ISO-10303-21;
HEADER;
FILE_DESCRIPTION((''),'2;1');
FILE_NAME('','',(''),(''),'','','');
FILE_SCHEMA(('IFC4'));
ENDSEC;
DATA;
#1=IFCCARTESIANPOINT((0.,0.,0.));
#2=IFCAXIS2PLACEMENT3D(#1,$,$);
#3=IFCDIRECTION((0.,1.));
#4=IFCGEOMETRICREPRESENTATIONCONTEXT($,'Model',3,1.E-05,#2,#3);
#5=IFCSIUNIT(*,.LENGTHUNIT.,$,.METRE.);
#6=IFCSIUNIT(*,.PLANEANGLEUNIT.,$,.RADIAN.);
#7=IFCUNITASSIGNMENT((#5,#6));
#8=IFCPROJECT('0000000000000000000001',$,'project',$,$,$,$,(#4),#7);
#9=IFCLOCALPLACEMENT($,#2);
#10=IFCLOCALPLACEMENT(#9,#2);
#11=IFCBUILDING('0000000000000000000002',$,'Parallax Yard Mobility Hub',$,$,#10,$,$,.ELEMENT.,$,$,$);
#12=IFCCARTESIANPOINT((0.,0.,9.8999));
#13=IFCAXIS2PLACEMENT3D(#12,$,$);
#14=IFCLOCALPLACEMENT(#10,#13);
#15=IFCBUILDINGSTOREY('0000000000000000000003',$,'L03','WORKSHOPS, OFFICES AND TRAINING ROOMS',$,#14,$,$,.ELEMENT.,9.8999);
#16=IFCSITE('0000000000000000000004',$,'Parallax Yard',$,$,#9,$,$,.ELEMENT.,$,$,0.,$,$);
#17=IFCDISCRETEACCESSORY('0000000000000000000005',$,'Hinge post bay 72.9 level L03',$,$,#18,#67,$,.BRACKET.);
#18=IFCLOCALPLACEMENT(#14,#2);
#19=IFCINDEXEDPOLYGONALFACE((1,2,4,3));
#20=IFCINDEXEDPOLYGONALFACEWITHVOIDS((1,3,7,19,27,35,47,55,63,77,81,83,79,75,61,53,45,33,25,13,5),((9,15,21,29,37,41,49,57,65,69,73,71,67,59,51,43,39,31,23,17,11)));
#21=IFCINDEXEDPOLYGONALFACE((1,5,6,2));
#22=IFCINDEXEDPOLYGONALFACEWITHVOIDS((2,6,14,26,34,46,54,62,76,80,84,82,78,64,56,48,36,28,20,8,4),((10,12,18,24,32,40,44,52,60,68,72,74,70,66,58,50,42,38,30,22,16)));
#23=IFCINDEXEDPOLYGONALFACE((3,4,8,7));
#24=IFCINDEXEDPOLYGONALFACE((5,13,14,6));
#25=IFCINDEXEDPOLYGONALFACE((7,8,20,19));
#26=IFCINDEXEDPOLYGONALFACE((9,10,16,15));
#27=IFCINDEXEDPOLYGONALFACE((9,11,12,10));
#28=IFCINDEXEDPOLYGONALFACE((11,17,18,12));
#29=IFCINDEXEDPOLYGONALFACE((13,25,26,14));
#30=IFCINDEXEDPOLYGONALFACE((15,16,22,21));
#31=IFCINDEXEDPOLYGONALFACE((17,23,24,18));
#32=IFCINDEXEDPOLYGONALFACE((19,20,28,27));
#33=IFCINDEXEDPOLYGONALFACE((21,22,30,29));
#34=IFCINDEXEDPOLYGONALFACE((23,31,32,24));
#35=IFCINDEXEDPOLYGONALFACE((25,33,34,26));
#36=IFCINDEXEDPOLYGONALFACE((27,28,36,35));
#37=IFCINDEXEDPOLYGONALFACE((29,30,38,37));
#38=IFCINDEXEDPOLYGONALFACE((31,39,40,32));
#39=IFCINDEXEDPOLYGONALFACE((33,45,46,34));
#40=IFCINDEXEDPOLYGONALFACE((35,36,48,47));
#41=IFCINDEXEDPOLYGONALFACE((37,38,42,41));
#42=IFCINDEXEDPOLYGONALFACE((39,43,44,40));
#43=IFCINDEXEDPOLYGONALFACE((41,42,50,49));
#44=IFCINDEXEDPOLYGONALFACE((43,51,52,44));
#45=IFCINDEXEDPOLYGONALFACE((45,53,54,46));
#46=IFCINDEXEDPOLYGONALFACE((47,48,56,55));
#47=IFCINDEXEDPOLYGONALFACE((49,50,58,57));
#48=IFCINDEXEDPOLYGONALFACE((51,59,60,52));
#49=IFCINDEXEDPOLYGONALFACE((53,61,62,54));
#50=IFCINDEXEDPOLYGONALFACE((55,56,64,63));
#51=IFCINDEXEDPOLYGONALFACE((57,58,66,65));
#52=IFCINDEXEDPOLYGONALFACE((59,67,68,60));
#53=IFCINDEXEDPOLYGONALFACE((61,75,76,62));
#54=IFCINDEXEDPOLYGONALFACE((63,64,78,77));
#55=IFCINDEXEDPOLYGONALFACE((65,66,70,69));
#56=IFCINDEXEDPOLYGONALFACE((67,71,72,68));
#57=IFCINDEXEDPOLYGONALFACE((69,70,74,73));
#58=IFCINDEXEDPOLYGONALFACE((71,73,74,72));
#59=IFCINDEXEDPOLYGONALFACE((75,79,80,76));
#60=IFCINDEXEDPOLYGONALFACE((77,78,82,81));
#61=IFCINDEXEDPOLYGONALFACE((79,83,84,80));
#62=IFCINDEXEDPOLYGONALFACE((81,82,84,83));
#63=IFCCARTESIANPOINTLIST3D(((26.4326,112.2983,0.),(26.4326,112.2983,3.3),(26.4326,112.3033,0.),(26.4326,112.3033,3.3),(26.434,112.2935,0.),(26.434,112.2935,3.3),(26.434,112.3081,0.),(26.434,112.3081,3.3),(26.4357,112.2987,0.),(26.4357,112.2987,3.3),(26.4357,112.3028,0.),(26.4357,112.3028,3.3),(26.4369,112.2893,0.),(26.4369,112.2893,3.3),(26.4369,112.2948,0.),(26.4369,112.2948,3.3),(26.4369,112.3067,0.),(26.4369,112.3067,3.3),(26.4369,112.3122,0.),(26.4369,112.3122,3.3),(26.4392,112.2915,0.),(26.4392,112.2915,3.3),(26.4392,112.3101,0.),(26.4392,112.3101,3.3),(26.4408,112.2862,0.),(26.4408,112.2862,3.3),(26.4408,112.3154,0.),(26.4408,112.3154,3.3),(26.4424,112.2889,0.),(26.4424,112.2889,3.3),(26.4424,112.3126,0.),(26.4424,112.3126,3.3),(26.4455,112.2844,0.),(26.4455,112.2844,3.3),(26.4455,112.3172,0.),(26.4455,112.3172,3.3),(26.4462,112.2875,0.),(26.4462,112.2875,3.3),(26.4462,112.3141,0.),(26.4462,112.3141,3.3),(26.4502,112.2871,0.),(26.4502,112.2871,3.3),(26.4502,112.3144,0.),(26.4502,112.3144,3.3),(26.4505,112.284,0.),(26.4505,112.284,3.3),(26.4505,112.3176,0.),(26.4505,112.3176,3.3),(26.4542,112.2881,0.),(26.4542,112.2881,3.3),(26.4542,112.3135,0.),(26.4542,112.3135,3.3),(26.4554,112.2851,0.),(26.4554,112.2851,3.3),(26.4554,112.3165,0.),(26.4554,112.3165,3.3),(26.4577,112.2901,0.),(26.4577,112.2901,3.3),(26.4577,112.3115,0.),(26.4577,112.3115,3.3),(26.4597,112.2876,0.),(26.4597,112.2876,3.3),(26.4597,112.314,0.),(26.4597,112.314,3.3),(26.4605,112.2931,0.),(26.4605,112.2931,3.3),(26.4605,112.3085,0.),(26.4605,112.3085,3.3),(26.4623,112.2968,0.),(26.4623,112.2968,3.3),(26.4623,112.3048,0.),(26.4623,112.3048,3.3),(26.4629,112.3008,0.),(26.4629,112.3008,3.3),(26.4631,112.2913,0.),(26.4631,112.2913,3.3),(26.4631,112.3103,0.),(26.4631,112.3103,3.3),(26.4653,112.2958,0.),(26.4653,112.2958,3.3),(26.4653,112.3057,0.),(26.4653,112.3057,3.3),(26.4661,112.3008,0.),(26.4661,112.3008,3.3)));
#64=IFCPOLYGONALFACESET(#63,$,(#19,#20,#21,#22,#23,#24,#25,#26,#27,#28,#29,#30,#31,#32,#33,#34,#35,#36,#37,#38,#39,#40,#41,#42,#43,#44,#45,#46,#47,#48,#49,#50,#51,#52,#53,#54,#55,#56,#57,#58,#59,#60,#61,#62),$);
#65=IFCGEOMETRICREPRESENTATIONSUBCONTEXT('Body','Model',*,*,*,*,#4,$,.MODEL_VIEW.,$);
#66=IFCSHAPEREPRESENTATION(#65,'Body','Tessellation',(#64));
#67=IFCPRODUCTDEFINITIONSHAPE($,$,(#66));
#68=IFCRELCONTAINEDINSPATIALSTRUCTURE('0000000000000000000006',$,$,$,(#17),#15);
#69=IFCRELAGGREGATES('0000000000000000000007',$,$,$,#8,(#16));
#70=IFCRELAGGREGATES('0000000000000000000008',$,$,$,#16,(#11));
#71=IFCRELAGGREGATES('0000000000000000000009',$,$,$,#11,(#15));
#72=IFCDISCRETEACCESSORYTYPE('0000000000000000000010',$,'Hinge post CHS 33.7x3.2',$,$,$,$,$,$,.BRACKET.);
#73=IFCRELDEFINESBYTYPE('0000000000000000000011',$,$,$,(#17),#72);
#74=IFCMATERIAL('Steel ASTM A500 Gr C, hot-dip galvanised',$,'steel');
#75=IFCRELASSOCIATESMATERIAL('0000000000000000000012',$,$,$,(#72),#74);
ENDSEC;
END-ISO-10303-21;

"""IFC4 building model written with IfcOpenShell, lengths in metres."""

from ifc_helpers import new_model, si_unit, direction, frame, origin, origin_2d, place, context, subcontext, project, spatial, hollow_circle, extrude, material, material_profile, profile_set, type_object, element, save


model = new_model("IFC4")

# Units and contexts
model_context = context("Model", 3, precision=1e-05, world=origin(), true_north=direction((0.0, 1.0)))
body_context = subcontext(model_context, "Body", "Model", "MODEL_VIEW")
ifc_project = project(units=[si_unit("LENGTHUNIT", "METRE"), si_unit("PLANEANGLEUNIT", "RADIAN")], contexts=[model_context])

# Site, building, storey
site_placement = place(None, origin())
site = spatial("IfcSite", under=ifc_project, at=site_placement, Name="Parallax Yard", CompositionType="ELEMENT", RefElevation=0.0)
building_placement = place(site_placement, origin())
building = spatial("IfcBuilding", under=site, at=building_placement, Name="Parallax Yard Mobility Hub", CompositionType="ELEMENT")
storey_placement = place(building_placement, frame((0.0, 0.0, 9.8999)))
storey = spatial("IfcBuildingStorey", under=building, at=storey_placement, Name="L03", Description="WORKSHOPS, OFFICES AND TRAINING ROOMS", CompositionType="ELEMENT", Elevation=9.8999)

# Discrete accessory
ifc_material_1 = material(Name="Steel ASTM A500 Gr C, hot-dip galvanised", Category="steel")
ifc_material_profile_1 = material_profile(ifc_material_1, hollow_circle(Radius=0.0168, WallThickness=0.0032, at=origin_2d()), Name="CHS 33.7x3.2")
ifc_profile_set_1 = profile_set([ifc_material_profile_1], Name="Steel ASTM A500 Gr C, hot-dip galvanised")
discrete_accessory_type_1 = type_object("IfcDiscreteAccessoryType", Name="Hinge post CHS 33.7x3.2", PredefinedType="BRACKET", material=ifc_profile_set_1)
discrete_accessory_1_placement = place(storey_placement, frame((26.4492, 112.3008, 0.0), z_axis=(0.0, 0.0, 1.0), x_axis=(1.0, 0.0, 0.0)))
element("IfcDiscreteAccessory", 1, at=discrete_accessory_1_placement, inside=storey, type_object=discrete_accessory_type_1, Name="Hinge post bay 72.9 level L03", PredefinedType="BRACKET", context=body_context, shape_type="SweptSolid", body=[
    extrude(hollow_circle(Radius=0.0168, WallThickness=0.0032, at=origin_2d()), origin(), (0.0, 0.0, 1.0), 3.3),
])

save(model, "model.ifc")
